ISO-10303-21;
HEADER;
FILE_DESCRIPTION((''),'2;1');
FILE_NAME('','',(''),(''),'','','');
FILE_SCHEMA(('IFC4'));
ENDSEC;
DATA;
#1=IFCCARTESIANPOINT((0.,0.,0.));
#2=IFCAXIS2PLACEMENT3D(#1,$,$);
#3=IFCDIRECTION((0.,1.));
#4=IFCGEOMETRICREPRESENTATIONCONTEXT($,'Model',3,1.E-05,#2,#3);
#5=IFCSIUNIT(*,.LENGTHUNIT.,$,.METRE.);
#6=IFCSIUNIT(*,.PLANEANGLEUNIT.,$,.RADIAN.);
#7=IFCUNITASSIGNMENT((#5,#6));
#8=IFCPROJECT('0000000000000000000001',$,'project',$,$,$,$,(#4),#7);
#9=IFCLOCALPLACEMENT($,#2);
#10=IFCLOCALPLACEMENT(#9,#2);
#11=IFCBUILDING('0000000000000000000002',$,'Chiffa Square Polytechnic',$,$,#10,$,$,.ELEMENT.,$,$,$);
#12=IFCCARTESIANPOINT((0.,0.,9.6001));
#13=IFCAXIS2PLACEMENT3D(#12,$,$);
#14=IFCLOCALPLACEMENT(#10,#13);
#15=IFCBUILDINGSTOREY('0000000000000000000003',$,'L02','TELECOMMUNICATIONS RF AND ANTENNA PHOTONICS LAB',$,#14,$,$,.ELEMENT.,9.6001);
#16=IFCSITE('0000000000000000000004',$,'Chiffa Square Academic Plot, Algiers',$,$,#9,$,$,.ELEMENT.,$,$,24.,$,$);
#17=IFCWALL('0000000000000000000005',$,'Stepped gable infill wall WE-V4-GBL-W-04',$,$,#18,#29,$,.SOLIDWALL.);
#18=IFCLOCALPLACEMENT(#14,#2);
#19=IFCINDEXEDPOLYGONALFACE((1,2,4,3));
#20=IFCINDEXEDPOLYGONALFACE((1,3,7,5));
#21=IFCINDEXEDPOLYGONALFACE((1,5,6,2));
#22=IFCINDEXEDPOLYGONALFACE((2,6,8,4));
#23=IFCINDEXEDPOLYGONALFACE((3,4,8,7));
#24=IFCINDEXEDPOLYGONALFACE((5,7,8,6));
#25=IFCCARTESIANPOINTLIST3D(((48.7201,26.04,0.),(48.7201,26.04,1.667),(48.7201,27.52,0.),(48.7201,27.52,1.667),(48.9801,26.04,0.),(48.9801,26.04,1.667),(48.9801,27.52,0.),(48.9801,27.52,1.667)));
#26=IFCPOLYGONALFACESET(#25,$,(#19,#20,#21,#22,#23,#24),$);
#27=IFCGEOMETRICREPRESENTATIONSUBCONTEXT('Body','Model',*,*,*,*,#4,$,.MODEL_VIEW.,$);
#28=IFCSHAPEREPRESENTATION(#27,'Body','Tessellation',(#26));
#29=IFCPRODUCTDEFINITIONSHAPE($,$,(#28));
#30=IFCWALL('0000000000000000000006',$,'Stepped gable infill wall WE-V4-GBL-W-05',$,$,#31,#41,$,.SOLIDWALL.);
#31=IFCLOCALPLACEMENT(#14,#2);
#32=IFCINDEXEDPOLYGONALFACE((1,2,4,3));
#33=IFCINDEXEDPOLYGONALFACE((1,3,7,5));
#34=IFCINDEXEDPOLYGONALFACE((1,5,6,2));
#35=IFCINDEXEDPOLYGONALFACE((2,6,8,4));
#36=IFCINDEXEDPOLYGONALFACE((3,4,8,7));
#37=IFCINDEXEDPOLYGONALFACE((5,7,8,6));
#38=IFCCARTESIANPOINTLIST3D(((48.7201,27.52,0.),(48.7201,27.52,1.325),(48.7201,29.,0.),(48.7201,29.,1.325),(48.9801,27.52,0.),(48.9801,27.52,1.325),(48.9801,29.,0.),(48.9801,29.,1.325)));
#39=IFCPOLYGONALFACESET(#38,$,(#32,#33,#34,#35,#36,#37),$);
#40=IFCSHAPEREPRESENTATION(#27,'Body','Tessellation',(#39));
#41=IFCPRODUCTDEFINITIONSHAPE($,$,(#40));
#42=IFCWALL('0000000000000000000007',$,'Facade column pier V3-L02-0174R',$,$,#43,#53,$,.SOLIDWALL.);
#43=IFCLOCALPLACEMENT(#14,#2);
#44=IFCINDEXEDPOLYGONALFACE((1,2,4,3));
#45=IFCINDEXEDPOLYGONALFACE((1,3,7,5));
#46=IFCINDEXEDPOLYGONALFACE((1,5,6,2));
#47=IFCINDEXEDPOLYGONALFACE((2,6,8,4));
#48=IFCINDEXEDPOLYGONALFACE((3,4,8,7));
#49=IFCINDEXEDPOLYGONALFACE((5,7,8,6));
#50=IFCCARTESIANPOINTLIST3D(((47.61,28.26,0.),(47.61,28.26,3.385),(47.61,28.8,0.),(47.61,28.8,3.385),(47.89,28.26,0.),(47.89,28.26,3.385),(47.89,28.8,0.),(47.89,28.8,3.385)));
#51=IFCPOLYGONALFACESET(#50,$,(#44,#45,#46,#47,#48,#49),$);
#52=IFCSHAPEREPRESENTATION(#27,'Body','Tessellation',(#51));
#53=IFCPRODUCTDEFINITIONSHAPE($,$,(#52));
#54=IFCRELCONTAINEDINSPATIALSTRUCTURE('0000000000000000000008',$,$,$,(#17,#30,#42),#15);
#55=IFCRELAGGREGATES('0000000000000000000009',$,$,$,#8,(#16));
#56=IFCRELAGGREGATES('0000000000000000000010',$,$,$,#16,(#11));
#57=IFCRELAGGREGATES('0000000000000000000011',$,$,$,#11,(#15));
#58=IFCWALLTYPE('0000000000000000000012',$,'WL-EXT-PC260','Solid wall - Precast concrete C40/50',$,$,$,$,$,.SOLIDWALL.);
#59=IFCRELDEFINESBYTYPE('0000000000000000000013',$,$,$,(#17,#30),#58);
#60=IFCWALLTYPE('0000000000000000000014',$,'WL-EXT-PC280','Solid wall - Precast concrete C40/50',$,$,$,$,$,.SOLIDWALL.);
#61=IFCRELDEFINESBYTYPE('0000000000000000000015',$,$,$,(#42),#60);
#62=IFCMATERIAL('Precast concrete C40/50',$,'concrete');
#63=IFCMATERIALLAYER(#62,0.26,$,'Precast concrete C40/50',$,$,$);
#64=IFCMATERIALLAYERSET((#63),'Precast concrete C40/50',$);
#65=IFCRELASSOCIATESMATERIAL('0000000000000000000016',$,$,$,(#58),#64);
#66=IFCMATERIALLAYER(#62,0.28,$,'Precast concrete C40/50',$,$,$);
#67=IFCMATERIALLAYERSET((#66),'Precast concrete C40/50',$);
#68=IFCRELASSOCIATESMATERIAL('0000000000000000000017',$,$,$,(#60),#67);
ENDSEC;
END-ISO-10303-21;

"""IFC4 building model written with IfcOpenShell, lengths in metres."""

from ifc_helpers import new_model, si_unit, direction, frame, frame_2d, origin, place, context, subcontext, project, spatial, rectangle, extrude, material, layer, layer_set, type_object, element, save


model = new_model("IFC4")

# Units and contexts
model_context = context("Model", 3, precision=1e-05, world=origin(), true_north=direction((0.0, 1.0)))
body_context = subcontext(model_context, "Body", "Model", "MODEL_VIEW")
ifc_project = project(units=[si_unit("LENGTHUNIT", "METRE"), si_unit("PLANEANGLEUNIT", "RADIAN")], contexts=[model_context])

# Site, building, storey
site_placement = place(None, origin())
site = spatial("IfcSite", under=ifc_project, at=site_placement, Name="Chiffa Square Academic Plot, Algiers", CompositionType="ELEMENT", RefElevation=24.0)
building_placement = place(site_placement, origin())
building = spatial("IfcBuilding", under=site, at=building_placement, Name="Chiffa Square Polytechnic", CompositionType="ELEMENT")
storey_placement = place(building_placement, frame((0.0, 0.0, 9.6001)))
storey = spatial("IfcBuildingStorey", under=building, at=storey_placement, Name="L02", Description="TELECOMMUNICATIONS RF AND ANTENNA PHOTONICS LAB", CompositionType="ELEMENT", Elevation=9.6001)

# Walls
ifc_material_1 = material(Name="Precast concrete C40/50", Category="concrete")
ifc_layer_1 = layer(ifc_material_1, 0.26, Name="Precast concrete C40/50")
ifc_layer_set_1 = layer_set([ifc_layer_1], Name="Precast concrete C40/50")
wall_type_1 = type_object("IfcWallType", Name="WL-EXT-PC260", Description="Solid wall - Precast concrete C40/50", PredefinedType="SOLIDWALL", material=ifc_layer_set_1)
wall_1_placement = place(storey_placement, frame((48.8501, 26.04, 0.0), z_axis=(0.0, 0.0, 1.0), x_axis=(0.0, 1.0, 0.0)))
element("IfcWall", 1, at=wall_1_placement, inside=storey, type_object=wall_type_1, Name="Stepped gable infill wall WE-V4-GBL-W-04", PredefinedType="SOLIDWALL", context=body_context, shape_type="SweptSolid", body=[
    extrude(rectangle(XDim=1.48, YDim=0.26, at=frame_2d((0.74, 0.0))), origin(), (0.0, 0.0, 1.0), 1.667),
])
wall_2_placement = place(storey_placement, frame((48.8501, 27.52, 0.0), z_axis=(0.0, 0.0, 1.0), x_axis=(0.0, 1.0, 0.0)))
element("IfcWall", 2, at=wall_2_placement, inside=storey, type_object=wall_type_1, Name="Stepped gable infill wall WE-V4-GBL-W-05", PredefinedType="SOLIDWALL", context=body_context, shape_type="SweptSolid", body=[
    extrude(rectangle(XDim=1.48, YDim=0.26, at=frame_2d((0.74, 0.0))), origin(), (0.0, 0.0, 1.0), 1.325),
])
ifc_layer_2 = layer(ifc_material_1, 0.28, Name="Precast concrete C40/50")
ifc_layer_set_2 = layer_set([ifc_layer_2], Name="Precast concrete C40/50")
wall_type_2 = type_object("IfcWallType", Name="WL-EXT-PC280", Description="Solid wall - Precast concrete C40/50", PredefinedType="SOLIDWALL", material=ifc_layer_set_2)
wall_3_placement = place(storey_placement, frame((47.75, 28.26, 0.0), z_axis=(0.0, 0.0, 1.0), x_axis=(0.0, 1.0, 0.0)))
element("IfcWall", 3, at=wall_3_placement, inside=storey, type_object=wall_type_2, Name="Facade column pier V3-L02-0174R", PredefinedType="SOLIDWALL", context=body_context, shape_type="SweptSolid", body=[
    extrude(rectangle(XDim=0.54, YDim=0.28, at=frame_2d((0.27, 0.0))), origin(), (0.0, 0.0, 1.0), 3.385),
])

save(model, "model.ifc")
